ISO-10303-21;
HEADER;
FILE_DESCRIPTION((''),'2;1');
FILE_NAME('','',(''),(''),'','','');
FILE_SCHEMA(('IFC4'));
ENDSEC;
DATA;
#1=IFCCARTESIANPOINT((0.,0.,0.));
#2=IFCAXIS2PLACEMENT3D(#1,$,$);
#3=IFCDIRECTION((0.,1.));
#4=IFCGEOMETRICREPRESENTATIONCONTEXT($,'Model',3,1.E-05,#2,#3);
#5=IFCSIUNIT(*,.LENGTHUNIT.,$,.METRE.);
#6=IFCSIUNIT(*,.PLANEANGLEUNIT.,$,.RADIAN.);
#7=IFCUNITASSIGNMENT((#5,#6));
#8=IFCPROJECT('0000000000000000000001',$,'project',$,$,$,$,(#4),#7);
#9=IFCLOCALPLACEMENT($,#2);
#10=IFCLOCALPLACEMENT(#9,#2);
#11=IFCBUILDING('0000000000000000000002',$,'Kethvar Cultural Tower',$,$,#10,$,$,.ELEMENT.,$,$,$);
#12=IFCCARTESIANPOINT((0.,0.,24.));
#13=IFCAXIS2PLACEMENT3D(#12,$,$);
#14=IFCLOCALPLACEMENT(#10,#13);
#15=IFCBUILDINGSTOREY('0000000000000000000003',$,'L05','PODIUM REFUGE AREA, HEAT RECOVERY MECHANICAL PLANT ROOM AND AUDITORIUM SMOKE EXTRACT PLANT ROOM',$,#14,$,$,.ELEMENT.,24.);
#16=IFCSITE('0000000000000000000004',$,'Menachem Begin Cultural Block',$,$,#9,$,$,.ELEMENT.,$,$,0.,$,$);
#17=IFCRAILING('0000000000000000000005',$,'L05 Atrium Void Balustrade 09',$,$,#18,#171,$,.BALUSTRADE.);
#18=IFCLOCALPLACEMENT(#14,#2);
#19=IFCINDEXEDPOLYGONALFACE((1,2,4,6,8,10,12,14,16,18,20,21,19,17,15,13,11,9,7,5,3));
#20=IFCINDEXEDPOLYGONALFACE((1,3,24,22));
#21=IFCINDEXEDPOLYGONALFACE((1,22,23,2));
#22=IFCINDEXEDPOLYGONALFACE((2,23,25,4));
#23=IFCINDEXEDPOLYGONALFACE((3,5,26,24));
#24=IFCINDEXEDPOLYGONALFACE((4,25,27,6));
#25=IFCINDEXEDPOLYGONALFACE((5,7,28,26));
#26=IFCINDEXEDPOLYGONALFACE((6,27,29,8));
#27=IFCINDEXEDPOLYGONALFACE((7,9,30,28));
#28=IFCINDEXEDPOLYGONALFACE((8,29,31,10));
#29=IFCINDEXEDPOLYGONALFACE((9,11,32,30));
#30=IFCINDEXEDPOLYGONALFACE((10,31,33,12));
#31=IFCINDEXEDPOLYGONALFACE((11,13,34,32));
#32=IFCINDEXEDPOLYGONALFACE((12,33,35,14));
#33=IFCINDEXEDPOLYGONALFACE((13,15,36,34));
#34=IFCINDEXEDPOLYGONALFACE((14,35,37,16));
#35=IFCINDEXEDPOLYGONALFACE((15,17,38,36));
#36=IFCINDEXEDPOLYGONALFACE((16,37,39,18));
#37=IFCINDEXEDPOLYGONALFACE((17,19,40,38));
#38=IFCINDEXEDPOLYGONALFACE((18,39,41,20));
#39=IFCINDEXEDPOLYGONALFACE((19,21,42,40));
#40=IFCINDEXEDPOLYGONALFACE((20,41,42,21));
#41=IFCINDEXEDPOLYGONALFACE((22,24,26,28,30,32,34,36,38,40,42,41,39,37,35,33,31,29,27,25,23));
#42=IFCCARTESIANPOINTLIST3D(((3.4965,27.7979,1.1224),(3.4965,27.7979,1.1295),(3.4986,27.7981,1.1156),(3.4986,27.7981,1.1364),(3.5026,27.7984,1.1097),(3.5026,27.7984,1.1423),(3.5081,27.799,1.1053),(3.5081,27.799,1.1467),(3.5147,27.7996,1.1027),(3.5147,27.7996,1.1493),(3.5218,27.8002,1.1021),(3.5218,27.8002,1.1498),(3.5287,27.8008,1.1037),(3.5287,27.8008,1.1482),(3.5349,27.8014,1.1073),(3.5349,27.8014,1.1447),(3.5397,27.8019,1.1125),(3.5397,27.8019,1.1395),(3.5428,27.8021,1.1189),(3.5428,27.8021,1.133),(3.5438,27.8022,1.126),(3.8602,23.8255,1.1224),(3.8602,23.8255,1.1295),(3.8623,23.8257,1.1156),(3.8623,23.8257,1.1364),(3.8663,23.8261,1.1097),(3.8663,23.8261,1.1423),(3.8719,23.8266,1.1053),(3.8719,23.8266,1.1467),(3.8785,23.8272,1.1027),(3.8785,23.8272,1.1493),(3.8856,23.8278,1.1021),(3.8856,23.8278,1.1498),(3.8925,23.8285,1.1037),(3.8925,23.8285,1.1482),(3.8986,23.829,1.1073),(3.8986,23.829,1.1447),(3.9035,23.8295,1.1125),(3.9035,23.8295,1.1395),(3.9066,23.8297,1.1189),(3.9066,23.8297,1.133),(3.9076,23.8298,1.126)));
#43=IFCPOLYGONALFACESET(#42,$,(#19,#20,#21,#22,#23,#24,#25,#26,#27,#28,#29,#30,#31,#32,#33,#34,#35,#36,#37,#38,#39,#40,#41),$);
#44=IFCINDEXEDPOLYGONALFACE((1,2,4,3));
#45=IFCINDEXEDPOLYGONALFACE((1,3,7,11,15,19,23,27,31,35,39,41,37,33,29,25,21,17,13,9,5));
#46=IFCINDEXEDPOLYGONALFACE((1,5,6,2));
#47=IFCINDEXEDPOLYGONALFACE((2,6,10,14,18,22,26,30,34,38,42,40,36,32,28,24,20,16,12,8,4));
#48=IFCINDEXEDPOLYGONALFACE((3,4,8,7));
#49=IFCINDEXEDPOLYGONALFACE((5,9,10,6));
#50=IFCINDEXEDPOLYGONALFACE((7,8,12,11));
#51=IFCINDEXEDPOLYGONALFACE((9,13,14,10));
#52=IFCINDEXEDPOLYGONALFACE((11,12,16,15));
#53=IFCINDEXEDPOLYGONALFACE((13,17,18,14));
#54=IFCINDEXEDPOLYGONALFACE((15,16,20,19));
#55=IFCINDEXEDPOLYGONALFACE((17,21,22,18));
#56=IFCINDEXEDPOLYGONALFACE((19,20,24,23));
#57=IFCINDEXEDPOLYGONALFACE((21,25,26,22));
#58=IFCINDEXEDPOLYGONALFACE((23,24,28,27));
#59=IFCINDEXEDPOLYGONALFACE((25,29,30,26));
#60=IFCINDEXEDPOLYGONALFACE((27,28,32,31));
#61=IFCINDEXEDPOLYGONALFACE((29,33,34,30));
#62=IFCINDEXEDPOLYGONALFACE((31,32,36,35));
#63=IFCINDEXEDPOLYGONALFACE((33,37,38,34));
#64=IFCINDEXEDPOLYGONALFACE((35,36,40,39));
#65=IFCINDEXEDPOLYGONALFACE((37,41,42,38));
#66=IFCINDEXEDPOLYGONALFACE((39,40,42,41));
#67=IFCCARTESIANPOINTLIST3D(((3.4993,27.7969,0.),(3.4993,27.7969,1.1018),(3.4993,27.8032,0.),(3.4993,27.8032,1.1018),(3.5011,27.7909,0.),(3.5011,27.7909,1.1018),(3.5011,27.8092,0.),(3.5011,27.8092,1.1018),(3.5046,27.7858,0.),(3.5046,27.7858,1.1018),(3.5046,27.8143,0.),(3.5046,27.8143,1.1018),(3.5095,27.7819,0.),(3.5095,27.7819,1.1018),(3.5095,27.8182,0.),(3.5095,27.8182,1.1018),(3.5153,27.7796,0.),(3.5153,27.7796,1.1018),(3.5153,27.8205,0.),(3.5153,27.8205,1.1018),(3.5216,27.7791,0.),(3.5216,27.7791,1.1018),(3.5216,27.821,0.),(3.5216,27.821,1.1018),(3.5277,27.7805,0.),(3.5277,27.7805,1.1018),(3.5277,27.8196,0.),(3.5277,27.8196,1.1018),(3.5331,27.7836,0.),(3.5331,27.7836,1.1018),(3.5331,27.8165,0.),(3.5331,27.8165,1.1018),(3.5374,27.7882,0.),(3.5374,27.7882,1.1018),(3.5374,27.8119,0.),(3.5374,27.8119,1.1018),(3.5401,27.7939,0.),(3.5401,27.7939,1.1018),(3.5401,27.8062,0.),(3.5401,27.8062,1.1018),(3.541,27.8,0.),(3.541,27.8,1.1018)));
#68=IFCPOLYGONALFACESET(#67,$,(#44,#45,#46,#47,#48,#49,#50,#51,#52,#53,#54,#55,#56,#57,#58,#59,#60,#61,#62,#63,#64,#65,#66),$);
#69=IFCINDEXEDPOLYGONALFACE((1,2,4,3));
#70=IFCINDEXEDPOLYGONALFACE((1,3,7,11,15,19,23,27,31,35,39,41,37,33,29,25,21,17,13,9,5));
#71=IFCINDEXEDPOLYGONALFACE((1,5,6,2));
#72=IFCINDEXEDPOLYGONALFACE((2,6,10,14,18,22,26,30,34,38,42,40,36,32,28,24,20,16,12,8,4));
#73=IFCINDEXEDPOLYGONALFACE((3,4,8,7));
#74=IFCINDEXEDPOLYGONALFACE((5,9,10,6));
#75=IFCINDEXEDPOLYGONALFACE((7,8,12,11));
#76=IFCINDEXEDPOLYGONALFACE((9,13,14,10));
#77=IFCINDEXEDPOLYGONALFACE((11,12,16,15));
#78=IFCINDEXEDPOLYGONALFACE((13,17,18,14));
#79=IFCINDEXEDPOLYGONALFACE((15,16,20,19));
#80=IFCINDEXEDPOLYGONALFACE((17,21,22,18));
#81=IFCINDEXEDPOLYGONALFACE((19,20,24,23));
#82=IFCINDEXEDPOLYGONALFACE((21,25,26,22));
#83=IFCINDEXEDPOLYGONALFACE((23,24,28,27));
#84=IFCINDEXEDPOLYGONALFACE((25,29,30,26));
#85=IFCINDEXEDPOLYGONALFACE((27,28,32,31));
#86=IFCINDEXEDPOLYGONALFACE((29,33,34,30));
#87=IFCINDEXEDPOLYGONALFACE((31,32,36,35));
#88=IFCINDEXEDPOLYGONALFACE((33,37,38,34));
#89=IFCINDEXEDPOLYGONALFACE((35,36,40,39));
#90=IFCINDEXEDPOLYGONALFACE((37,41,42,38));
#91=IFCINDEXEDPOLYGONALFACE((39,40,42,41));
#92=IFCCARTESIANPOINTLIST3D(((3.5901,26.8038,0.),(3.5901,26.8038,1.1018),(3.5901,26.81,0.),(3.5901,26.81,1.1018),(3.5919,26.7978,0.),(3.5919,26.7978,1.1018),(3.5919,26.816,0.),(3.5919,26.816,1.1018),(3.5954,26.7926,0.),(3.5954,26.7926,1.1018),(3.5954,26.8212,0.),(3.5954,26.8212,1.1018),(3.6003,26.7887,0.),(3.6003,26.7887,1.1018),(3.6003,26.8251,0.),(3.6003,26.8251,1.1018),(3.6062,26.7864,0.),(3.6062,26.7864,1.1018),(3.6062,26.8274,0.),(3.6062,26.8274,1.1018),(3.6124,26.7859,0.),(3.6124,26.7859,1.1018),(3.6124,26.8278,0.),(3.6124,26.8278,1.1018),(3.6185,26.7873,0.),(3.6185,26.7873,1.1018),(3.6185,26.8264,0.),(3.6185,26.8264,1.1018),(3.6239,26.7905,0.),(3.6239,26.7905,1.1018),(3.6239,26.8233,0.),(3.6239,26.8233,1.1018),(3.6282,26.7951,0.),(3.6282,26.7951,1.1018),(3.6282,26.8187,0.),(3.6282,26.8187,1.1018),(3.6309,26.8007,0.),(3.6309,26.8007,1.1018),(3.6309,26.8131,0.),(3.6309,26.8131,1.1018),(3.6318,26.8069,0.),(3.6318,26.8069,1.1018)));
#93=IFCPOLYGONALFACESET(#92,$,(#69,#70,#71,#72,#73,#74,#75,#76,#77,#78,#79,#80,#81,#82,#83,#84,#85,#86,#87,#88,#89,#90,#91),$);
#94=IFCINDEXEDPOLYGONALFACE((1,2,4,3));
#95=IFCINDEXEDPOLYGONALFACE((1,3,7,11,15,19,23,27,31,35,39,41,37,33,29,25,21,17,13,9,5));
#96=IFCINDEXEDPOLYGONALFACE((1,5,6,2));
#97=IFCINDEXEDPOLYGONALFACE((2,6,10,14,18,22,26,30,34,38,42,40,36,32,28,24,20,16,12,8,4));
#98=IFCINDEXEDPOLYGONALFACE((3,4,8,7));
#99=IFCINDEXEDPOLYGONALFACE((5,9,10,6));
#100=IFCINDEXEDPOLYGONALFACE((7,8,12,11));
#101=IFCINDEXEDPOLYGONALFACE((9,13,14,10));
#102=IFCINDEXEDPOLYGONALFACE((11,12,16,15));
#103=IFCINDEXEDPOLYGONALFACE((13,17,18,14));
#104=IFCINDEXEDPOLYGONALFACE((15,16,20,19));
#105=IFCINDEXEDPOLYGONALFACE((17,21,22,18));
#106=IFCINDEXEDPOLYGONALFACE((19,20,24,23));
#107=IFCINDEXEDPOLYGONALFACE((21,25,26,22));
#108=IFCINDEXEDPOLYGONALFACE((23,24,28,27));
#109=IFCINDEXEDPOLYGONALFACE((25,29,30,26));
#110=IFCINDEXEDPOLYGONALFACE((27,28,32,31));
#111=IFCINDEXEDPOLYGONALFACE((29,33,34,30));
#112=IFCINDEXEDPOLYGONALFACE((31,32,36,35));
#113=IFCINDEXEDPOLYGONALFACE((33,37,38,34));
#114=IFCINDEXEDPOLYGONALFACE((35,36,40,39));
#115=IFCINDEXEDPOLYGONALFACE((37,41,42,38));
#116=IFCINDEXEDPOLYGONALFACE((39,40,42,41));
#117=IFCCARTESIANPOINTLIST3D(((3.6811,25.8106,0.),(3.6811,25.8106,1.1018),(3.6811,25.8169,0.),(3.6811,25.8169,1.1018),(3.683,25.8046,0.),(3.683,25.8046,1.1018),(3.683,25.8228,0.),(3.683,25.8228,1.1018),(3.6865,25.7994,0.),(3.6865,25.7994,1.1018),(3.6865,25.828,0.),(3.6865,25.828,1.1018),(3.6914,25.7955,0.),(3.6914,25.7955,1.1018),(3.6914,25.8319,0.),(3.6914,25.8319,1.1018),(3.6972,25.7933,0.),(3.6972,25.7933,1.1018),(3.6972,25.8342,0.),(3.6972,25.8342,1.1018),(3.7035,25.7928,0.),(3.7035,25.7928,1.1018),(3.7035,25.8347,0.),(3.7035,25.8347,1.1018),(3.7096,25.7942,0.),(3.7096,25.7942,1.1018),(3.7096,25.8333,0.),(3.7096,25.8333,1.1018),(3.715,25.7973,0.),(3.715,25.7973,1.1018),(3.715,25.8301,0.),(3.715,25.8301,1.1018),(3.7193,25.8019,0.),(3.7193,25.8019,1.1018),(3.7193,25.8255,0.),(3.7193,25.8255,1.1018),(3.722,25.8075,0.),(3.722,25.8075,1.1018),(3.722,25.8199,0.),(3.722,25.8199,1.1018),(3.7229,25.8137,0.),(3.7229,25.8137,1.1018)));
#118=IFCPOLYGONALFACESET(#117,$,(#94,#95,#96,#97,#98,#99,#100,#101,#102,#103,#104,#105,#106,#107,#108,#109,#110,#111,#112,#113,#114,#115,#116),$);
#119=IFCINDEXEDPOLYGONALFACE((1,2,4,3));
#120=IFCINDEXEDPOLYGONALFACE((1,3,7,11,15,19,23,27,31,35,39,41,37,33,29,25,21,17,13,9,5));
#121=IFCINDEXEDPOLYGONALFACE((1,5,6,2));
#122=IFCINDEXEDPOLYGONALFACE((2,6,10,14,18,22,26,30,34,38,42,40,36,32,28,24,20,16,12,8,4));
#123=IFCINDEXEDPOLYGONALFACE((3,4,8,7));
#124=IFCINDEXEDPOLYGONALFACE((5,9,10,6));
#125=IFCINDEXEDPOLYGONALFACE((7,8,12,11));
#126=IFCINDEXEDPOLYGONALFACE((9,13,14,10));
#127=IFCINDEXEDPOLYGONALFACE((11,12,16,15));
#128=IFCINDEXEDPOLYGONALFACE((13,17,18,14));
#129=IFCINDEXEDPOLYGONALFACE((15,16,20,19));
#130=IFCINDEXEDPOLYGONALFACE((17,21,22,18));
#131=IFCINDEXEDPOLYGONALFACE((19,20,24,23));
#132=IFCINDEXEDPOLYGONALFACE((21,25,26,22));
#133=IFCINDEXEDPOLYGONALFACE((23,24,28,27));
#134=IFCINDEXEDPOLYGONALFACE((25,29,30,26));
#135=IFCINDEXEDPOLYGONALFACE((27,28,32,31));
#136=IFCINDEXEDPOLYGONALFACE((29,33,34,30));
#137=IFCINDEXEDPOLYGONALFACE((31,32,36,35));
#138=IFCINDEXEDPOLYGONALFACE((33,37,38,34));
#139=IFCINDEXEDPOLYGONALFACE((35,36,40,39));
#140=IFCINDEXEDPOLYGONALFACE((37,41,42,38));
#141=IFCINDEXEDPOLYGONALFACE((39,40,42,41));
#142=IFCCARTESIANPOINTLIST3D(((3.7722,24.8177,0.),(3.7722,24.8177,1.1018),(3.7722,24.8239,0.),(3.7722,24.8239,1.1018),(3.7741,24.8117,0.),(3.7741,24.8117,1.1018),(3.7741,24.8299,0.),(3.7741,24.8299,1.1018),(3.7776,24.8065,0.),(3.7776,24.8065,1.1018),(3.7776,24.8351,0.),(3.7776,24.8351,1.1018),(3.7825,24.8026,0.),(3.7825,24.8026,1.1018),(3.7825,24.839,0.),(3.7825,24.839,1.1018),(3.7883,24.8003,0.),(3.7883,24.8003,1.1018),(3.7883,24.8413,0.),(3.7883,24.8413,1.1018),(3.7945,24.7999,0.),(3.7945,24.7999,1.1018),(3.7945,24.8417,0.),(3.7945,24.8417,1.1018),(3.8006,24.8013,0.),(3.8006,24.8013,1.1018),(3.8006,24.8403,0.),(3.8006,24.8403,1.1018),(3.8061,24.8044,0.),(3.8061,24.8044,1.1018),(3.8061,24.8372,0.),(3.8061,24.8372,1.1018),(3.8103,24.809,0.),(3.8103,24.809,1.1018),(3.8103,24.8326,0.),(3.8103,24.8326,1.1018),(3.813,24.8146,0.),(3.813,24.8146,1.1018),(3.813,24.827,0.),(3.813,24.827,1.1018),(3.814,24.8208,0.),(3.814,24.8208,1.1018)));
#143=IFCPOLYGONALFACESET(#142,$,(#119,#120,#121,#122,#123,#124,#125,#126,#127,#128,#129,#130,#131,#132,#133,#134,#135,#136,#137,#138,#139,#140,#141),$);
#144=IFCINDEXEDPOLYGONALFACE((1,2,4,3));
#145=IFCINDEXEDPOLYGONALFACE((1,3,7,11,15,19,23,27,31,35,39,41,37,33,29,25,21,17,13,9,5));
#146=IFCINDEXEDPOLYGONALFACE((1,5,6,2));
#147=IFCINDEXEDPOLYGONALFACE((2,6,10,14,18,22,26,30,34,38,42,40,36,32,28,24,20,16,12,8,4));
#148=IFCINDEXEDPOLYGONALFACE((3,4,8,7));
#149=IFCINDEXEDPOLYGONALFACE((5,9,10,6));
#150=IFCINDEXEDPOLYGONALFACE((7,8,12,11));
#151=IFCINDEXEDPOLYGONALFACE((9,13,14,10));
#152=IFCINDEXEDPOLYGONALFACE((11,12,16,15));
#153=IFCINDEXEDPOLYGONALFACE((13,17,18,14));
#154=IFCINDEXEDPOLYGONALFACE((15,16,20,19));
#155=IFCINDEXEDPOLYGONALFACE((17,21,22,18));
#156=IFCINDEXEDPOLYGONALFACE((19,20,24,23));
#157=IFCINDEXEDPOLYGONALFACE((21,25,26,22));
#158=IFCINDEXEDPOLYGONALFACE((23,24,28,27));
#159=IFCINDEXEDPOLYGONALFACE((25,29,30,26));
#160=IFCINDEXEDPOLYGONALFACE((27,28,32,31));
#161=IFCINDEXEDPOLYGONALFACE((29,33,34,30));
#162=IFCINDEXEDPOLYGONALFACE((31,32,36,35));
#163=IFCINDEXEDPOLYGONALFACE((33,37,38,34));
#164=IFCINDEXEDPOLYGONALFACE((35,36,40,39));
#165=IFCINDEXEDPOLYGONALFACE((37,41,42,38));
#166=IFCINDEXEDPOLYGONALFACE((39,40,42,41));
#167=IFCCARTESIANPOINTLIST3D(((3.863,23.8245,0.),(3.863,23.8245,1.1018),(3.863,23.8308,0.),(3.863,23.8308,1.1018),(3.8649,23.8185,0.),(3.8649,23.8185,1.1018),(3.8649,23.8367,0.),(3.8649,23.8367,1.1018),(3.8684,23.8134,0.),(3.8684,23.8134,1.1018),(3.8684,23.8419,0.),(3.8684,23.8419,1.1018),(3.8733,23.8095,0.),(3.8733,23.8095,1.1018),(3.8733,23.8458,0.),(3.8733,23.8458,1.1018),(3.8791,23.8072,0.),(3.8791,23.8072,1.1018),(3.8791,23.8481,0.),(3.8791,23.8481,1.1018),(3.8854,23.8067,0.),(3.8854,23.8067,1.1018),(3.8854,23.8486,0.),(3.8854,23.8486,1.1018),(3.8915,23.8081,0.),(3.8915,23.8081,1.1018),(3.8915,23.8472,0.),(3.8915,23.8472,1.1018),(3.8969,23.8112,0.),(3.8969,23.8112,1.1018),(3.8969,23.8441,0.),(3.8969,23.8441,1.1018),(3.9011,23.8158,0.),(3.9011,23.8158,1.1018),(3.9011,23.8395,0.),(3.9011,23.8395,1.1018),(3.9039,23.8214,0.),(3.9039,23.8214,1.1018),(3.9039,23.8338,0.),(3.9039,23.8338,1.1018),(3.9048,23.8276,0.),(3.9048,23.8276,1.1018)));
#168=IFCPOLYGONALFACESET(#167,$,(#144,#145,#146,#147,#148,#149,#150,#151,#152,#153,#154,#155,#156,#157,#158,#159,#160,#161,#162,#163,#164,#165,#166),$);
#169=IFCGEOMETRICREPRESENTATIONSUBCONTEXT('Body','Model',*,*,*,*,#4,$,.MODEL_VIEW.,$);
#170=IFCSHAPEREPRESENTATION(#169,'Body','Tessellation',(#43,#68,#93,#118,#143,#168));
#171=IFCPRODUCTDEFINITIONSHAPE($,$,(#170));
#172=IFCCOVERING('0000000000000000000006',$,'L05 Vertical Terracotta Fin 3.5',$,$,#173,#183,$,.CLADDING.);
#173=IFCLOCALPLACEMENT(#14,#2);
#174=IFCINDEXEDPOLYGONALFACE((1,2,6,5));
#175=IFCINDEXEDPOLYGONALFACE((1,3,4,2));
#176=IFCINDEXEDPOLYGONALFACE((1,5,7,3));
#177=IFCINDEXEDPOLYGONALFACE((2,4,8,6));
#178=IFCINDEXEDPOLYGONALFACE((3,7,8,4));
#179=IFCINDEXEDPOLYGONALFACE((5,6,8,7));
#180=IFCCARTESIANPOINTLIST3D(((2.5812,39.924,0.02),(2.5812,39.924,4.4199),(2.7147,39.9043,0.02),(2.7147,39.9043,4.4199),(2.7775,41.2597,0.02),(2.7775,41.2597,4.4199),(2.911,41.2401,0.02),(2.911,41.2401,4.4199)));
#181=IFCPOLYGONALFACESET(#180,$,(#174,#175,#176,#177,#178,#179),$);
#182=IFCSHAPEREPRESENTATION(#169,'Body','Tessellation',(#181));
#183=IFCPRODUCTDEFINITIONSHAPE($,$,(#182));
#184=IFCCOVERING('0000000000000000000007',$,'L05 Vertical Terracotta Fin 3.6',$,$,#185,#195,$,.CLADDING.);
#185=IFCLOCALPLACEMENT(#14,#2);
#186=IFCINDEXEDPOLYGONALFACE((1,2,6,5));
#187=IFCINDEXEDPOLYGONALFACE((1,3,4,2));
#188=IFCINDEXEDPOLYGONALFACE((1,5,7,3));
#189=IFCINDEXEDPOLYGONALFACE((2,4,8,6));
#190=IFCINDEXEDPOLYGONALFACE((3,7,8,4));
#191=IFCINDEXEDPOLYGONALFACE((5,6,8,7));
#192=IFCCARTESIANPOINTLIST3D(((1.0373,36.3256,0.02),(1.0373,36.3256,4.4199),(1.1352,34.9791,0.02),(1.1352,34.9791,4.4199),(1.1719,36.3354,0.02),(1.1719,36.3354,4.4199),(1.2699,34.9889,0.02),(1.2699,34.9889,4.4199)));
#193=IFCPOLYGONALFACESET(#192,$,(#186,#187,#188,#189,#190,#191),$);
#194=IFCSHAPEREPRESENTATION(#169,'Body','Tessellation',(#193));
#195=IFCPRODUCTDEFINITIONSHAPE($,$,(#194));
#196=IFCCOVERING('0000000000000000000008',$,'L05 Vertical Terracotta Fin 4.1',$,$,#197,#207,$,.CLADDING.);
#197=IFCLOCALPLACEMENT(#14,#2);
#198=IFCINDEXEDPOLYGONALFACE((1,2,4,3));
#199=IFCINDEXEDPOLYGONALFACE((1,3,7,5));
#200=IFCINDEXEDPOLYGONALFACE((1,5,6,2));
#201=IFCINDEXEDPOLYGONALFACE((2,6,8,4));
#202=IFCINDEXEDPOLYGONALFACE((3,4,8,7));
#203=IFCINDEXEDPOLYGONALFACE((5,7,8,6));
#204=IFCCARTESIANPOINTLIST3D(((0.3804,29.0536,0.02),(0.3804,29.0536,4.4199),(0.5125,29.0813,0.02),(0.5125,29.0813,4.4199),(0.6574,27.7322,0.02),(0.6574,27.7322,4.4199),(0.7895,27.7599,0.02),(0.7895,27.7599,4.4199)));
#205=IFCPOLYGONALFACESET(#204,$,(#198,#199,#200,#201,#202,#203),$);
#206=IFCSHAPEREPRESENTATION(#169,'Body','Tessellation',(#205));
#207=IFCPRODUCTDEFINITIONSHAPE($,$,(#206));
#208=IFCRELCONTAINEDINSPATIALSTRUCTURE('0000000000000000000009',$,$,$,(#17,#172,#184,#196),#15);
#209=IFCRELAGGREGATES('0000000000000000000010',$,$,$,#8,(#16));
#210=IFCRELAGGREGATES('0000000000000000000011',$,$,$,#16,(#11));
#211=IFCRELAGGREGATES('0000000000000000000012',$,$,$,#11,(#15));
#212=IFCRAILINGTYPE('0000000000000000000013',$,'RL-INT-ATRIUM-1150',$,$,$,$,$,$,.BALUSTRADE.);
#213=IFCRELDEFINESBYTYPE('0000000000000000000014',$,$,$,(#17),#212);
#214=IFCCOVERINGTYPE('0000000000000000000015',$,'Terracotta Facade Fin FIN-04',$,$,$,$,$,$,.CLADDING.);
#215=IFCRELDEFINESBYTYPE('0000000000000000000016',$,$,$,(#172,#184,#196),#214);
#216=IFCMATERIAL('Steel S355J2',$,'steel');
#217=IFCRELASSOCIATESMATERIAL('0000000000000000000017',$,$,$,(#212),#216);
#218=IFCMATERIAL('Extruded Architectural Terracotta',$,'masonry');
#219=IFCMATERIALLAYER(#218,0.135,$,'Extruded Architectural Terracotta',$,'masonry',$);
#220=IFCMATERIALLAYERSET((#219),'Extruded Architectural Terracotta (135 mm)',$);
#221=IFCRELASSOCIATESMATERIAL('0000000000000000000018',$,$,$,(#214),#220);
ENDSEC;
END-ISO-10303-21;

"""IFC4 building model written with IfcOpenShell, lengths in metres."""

from ifc_helpers import new_model, si_unit, direction, frame, origin, origin_2d, place, context, subcontext, project, spatial, rectangle, circle, extrude, source, transform, mapped, material, layer, layer_set, type_object, element, save


model = new_model("IFC4")

# Units and contexts
model_context = context("Model", 3, precision=1e-05, world=origin(), true_north=direction((0.0, 1.0)))
body_context = subcontext(model_context, "Body", "Model", "MODEL_VIEW")
ifc_project = project(units=[si_unit("LENGTHUNIT", "METRE"), si_unit("PLANEANGLEUNIT", "RADIAN")], contexts=[model_context])

# Site, building, storey
site_placement = place(None, origin())
site = spatial("IfcSite", under=ifc_project, at=site_placement, Name="Menachem Begin Cultural Block", CompositionType="ELEMENT", RefElevation=0.0)
building_placement = place(site_placement, origin())
building = spatial("IfcBuilding", under=site, at=building_placement, Name="Kethvar Cultural Tower", CompositionType="ELEMENT")
storey_placement = place(building_placement, frame((0.0, 0.0, 24.0)))
storey = spatial("IfcBuildingStorey", under=building, at=storey_placement, Name="L05", Description="PODIUM REFUGE AREA, HEAT RECOVERY MECHANICAL PLANT ROOM AND AUDITORIUM SMOKE EXTRACT PLANT ROOM", CompositionType="ELEMENT", Elevation=24.0)

# Shared definitions
ifc_material_1 = material(Name="Steel S355J2", Category="steel")

# Railing
railing_type = type_object("IfcRailingType", Name="RL-INT-ATRIUM-1150", PredefinedType="BALUSTRADE", material=ifc_material_1)
railing_1_placement = place(storey_placement, frame((3.52, 27.8, 0.0)))
element("IfcRailing", 1, at=railing_1_placement, inside=storey, type_object=railing_type, Name="L05 Atrium Void Balustrade 09", PredefinedType="BALUSTRADE", context=body_context, shape_type="SweptSolid", body=[
    extrude(circle(Radius=0.0239, at=origin_2d()), frame((0.0, 0.0, 1.126), z_axis=(0.091192, -0.995833, 0.0), x_axis=(0.995833, 0.091192, 0.0)), (0.0, 0.0, 1.0), 3.989),
    extrude(circle(Radius=0.021, at=origin_2d()), origin(), (0.0, 0.0, 1.0), 1.1018),
    extrude(circle(Radius=0.021, at=origin_2d()), frame((0.0908, -0.9932, 0.0)), (0.0, 0.0, 1.0), 1.1018),
    extrude(circle(Radius=0.021, at=origin_2d()), frame((0.1819, -1.9863, 0.0)), (0.0, 0.0, 1.0), 1.1018),
    extrude(circle(Radius=0.021, at=origin_2d()), frame((0.2729, -2.9792, 0.0)), (0.0, 0.0, 1.0), 1.1018),
    extrude(circle(Radius=0.021, at=origin_2d()), frame((0.3638, -3.9724, 0.0)), (0.0, 0.0, 1.0), 1.1018),
])

# Coverings
ifc_material_2 = material(Name="Extruded Architectural Terracotta", Category="masonry")
ifc_layer_1 = layer(ifc_material_2, 0.135, Name="Extruded Architectural Terracotta", Category="masonry")
ifc_layer_set_1 = layer_set([ifc_layer_1], Name="Extruded Architectural Terracotta (135 mm)")
covering_type = type_object("IfcCoveringType", Name="Terracotta Facade Fin FIN-04", PredefinedType="CLADDING", material=ifc_layer_set_1)
shared_shape_1 = source(origin(), body_context, "Body", "SweptSolid", [
    extrude(rectangle(XDim=1.3501, YDim=0.135, at=origin_2d()), origin(), (0.0, 0.0, 1.0), 4.3999),
])
for number, where, z_axis, x_axis, name in (
    (2, (2.7461, 40.582, 0.02), (0.0, 0.0, 1.0), (0.145392, 0.989374, 0.0), "L05 Vertical Terracotta Fin 3.5"),
    (3, (1.1536, 35.6572, 0.02), (0.0, 0.0, 1.0), (-0.072542, 0.997365, 0.0), "L05 Vertical Terracotta Fin 3.6"),
    (4, (0.585, 28.4067, 0.02), (0.0, 0.0, 1.0), (-0.205179, 0.978724, 0.0), "L05 Vertical Terracotta Fin 4.1"),
):
    element("IfcCovering", number, at=place(storey_placement, frame(where, z_axis=z_axis, x_axis=x_axis)), inside=storey, type_object=covering_type, Name=name, PredefinedType="CLADDING", context=body_context, shape_type="MappedRepresentation", body=[
        mapped(shared_shape_1, transform((0.0, 0.0, 0.0), scale=1.0)),
    ])

save(model, "model.ifc")
